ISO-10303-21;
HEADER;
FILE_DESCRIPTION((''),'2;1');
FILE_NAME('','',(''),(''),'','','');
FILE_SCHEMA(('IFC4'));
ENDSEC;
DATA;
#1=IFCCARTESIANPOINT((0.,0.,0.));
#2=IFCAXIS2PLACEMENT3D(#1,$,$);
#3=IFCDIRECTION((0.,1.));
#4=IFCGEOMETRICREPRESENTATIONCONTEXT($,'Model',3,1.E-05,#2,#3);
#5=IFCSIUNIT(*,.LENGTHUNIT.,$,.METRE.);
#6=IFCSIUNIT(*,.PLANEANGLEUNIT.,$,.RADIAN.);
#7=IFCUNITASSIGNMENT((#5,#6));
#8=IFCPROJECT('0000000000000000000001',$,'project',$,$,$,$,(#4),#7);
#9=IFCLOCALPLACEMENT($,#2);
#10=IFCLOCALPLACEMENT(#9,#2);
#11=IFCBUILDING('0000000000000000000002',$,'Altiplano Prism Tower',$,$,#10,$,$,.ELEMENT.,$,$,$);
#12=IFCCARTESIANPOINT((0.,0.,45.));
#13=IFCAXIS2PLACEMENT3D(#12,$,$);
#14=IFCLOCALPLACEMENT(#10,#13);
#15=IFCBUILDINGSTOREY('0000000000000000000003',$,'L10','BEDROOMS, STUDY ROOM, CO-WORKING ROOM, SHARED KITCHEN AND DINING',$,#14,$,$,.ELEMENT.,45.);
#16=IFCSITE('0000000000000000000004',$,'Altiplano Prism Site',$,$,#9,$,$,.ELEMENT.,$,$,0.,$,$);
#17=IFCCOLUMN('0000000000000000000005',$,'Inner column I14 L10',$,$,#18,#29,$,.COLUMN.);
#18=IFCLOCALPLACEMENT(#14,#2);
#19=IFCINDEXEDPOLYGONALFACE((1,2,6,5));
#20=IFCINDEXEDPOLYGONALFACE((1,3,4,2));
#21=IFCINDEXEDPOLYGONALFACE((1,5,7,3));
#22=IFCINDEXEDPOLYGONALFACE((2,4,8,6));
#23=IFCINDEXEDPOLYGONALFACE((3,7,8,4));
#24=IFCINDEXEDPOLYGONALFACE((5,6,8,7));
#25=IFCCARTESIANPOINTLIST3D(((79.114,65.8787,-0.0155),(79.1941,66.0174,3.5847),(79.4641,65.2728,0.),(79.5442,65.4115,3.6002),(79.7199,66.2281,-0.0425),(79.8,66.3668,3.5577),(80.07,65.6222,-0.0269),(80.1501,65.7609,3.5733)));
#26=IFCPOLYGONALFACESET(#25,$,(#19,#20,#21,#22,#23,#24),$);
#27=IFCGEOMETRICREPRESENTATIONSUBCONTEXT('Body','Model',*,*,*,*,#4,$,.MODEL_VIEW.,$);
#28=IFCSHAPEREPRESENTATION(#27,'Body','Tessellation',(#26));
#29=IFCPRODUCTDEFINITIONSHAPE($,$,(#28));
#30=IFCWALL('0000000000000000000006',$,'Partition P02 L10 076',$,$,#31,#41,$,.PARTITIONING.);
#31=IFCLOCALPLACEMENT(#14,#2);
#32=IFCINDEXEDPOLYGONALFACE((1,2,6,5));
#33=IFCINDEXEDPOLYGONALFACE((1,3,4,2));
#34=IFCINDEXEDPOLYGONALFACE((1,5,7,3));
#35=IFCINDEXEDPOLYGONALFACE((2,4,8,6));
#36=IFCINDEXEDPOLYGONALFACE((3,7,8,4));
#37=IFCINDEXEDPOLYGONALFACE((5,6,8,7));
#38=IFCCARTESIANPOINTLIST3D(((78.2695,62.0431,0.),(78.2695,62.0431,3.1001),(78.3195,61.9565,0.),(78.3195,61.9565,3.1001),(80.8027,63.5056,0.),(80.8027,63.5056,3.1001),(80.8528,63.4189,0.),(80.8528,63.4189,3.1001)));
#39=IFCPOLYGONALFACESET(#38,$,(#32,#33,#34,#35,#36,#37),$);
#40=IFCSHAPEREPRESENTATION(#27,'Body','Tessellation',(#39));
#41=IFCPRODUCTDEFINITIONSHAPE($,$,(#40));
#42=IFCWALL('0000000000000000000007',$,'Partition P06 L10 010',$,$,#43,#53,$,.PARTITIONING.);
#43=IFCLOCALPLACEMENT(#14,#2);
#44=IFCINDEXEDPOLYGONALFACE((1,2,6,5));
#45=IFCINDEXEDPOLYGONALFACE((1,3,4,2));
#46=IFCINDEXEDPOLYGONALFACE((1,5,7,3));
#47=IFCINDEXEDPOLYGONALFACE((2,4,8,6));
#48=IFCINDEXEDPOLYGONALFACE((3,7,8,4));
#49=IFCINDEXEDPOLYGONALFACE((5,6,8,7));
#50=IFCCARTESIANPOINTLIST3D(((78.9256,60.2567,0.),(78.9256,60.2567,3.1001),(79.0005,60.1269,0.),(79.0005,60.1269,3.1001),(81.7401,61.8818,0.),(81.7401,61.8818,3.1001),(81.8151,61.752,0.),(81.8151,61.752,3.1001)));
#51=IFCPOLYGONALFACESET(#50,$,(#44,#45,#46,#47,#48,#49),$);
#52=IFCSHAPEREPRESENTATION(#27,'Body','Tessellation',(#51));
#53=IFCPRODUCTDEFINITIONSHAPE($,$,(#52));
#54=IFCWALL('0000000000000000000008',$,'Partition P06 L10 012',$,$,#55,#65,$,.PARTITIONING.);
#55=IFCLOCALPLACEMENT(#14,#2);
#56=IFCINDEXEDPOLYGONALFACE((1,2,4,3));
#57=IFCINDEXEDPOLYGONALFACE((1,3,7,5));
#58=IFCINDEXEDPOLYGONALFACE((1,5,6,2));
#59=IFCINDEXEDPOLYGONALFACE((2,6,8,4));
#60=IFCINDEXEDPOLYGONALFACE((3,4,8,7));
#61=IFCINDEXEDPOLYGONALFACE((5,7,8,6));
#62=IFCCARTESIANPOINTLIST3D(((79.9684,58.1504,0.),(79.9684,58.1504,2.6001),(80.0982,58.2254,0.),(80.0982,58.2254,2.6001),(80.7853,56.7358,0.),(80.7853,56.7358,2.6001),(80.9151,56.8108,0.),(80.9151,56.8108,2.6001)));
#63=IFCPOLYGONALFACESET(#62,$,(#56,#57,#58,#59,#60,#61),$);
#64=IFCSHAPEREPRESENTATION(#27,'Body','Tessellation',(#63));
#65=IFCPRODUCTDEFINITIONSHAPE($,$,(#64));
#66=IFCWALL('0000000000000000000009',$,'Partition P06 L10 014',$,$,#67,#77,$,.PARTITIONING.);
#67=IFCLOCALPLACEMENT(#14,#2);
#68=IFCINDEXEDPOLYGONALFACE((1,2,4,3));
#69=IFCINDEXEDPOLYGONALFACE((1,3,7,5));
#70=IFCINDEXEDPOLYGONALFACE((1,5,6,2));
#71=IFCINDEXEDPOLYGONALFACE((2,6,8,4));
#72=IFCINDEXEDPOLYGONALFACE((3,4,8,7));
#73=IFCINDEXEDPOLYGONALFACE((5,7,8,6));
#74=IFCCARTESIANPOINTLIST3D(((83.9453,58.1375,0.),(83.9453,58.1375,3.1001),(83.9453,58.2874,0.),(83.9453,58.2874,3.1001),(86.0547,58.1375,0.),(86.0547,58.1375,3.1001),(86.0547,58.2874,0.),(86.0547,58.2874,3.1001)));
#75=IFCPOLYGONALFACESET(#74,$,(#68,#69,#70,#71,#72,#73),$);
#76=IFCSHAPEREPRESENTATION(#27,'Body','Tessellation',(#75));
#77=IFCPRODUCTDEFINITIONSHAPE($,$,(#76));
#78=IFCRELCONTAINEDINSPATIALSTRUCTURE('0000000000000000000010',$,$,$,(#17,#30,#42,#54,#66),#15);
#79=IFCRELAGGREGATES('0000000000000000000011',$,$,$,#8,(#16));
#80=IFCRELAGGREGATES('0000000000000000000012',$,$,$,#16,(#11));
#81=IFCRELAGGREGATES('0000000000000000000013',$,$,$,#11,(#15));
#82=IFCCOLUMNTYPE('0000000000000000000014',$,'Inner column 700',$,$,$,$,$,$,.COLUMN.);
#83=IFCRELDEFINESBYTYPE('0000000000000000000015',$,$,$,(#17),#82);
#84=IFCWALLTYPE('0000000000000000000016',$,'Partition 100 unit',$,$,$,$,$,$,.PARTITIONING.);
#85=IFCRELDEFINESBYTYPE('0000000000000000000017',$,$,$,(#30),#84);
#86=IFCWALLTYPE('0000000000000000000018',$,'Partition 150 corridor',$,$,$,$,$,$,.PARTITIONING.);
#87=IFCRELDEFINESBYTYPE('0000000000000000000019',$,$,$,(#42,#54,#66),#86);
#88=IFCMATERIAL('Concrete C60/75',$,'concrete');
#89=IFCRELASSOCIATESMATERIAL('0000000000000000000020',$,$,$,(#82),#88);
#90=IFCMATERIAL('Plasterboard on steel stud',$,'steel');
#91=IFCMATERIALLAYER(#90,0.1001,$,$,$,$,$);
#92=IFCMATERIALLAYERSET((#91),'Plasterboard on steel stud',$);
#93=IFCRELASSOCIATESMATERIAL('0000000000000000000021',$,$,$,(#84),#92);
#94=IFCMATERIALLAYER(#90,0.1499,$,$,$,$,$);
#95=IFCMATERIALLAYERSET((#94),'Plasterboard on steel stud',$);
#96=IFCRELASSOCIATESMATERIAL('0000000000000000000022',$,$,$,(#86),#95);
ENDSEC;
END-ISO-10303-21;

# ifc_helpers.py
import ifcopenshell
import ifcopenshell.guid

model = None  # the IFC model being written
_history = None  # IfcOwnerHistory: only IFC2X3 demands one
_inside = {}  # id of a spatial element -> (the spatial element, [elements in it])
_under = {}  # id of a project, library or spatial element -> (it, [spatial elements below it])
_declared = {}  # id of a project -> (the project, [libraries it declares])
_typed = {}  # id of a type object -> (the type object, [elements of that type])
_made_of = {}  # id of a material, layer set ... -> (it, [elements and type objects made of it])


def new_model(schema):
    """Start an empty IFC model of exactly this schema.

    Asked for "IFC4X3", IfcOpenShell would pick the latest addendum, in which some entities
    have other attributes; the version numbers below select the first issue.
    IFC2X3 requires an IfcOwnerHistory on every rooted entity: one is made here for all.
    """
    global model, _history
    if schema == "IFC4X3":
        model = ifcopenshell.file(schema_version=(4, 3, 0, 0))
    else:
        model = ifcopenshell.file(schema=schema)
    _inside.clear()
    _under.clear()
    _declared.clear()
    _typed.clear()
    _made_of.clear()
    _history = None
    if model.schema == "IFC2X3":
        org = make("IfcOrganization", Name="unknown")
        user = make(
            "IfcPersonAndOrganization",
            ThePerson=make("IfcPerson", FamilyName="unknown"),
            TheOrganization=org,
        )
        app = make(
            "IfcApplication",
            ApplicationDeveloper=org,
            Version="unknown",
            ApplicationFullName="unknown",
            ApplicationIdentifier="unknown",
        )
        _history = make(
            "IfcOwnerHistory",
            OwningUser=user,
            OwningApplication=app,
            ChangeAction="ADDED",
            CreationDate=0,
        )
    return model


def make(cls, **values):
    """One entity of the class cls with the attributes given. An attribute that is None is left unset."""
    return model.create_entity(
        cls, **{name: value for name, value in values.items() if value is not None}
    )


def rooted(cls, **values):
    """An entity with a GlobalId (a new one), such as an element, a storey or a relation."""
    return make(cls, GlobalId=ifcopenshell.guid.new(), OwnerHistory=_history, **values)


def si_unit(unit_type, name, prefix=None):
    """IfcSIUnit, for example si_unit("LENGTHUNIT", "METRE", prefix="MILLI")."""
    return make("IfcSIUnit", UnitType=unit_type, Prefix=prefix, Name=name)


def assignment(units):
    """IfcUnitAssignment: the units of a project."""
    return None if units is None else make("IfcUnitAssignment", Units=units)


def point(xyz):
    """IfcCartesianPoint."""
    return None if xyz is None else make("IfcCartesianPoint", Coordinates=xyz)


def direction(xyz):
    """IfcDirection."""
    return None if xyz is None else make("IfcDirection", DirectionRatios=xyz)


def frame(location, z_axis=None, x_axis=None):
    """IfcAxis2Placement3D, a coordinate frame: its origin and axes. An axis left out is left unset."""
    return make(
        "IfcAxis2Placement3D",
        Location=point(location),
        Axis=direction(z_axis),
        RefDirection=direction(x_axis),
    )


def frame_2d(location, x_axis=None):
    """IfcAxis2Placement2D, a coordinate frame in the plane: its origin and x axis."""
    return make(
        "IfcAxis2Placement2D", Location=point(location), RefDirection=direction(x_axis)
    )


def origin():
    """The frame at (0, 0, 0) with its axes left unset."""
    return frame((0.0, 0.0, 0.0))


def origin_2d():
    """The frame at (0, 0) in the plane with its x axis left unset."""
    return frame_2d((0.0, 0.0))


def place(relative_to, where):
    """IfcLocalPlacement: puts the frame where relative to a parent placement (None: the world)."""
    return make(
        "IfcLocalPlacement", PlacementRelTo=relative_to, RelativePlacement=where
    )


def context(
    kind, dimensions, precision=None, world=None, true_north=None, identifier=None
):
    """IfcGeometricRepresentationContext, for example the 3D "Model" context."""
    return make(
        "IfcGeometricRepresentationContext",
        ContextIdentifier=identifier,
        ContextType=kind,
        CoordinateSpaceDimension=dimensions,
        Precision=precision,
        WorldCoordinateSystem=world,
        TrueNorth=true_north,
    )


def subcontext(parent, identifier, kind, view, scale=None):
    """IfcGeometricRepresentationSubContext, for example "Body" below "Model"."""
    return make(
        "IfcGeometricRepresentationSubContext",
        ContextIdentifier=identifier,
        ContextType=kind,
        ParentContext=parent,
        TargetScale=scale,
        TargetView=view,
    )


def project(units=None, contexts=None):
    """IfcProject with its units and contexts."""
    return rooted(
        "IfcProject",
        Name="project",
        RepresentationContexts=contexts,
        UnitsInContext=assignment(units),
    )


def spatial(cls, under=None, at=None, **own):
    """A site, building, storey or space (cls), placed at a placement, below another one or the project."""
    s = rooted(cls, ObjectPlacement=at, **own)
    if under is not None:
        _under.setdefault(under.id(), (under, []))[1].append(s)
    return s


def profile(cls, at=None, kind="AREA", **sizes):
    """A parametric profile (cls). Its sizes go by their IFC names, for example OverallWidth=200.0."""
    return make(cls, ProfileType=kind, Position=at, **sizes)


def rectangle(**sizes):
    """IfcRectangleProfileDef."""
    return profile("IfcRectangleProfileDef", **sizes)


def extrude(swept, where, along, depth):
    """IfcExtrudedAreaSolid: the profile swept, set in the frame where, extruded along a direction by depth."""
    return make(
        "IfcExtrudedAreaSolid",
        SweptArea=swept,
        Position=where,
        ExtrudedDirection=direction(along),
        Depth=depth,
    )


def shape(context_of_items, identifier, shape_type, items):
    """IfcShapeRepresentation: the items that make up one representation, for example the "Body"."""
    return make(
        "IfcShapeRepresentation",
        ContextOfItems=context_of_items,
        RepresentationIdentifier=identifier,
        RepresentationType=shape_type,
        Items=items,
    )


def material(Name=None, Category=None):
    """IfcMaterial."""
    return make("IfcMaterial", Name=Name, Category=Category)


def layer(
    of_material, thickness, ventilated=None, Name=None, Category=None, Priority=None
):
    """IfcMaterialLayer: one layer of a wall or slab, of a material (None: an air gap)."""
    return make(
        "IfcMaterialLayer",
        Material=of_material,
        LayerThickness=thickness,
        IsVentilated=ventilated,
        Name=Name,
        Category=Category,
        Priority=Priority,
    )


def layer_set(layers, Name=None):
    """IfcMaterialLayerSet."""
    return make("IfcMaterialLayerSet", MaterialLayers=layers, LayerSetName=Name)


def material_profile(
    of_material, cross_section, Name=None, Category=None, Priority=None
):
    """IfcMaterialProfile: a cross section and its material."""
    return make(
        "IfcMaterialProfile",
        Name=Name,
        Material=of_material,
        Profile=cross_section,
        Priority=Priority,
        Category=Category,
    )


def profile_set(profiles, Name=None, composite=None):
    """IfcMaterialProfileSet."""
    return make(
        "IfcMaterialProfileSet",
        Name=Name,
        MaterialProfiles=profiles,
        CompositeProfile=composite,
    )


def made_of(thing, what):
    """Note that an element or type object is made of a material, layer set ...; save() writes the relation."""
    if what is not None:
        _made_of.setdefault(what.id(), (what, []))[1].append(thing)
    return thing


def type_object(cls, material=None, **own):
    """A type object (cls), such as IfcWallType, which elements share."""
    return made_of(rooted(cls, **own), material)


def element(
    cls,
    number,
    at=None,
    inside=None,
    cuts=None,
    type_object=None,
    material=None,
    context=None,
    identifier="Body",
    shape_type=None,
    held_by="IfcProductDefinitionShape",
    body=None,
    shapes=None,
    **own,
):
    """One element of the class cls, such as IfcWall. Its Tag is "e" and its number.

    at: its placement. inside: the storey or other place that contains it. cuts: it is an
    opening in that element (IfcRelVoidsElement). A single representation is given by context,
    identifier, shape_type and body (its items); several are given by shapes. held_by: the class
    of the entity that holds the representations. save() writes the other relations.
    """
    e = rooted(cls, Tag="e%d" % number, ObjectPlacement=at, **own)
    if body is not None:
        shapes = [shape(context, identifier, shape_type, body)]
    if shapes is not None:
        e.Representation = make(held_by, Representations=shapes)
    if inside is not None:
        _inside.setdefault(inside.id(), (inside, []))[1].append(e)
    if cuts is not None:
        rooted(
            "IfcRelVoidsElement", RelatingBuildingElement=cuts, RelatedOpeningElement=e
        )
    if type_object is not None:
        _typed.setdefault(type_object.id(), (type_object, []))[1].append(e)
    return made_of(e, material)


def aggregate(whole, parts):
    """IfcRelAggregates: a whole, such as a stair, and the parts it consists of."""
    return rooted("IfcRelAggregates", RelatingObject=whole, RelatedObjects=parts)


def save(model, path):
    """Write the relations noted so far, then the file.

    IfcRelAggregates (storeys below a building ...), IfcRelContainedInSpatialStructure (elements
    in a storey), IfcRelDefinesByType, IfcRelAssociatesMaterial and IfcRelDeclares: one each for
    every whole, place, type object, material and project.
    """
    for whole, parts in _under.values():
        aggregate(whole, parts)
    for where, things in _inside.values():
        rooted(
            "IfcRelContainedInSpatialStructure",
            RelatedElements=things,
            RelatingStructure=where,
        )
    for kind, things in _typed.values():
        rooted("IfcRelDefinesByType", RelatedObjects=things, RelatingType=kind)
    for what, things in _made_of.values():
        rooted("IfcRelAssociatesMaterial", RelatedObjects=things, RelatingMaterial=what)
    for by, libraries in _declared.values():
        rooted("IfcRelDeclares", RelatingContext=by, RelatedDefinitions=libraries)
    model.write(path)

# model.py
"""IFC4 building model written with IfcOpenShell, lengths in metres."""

from ifc_helpers import new_model, si_unit, direction, frame, frame_2d, origin, origin_2d, place, context, subcontext, project, spatial, rectangle, extrude, material, layer, layer_set, material_profile, profile_set, type_object, element, save


model = new_model("IFC4")

# Units and contexts
model_context = context("Model", 3, precision=1e-05, world=origin(), true_north=direction((0.0, 1.0)))
body_context = subcontext(model_context, "Body", "Model", "MODEL_VIEW")
ifc_project = project(units=[si_unit("LENGTHUNIT", "METRE"), si_unit("PLANEANGLEUNIT", "RADIAN")], contexts=[model_context])

# Site, building, storey
site_placement = place(None, origin())
site = spatial("IfcSite", under=ifc_project, at=site_placement, Name="Altiplano Prism Site", CompositionType="ELEMENT", RefElevation=0.0)
building_placement = place(site_placement, origin())
building = spatial("IfcBuilding", under=site, at=building_placement, Name="Altiplano Prism Tower", CompositionType="ELEMENT")
storey_placement = place(building_placement, frame((0.0, 0.0, 45.0)))
storey = spatial("IfcBuildingStorey", under=building, at=storey_placement, Name="L10", Description="BEDROOMS, STUDY ROOM, CO-WORKING ROOM, SHARED KITCHEN AND DINING", CompositionType="ELEMENT", Elevation=45.0)

# Column
ifc_material_1 = material(Name="Concrete C60/75", Category="concrete")
ifc_material_profile = material_profile(ifc_material_1, rectangle(XDim=0.7, YDim=0.7, at=origin_2d()), Name="Inner column 700")
ifc_profile_set = profile_set([ifc_material_profile], Name="Concrete C60/75")
column_type = type_object("IfcColumnType", Name="Inner column 700", PredefinedType="COLUMN", material=ifc_profile_set)
column_placement = place(storey_placement, frame((79.592, 65.7505, -0.0212), z_axis=(0.022221, 0.038481, 0.999012), x_axis=(-0.865638, -0.499189, 0.038483)))
element("IfcColumn", 1, at=column_placement, inside=storey, type_object=column_type, Name="Inner column I14 L10", PredefinedType="COLUMN", context=body_context, shape_type="SweptSolid", body=[
    extrude(rectangle(XDim=0.7, YDim=0.7, at=origin_2d()), origin(), (0.0, 0.0, 1.0), 3.6038),
])

# Walls
ifc_material_2 = material(Name="Plasterboard on steel stud", Category="steel")
ifc_layer_1 = layer(ifc_material_2, 0.1001)
ifc_layer_set_1 = layer_set([ifc_layer_1], Name="Plasterboard on steel stud")
wall_type_1 = type_object("IfcWallType", Name="Partition 100 unit", PredefinedType="PARTITIONING", material=ifc_layer_set_1)
wall_1_placement = place(storey_placement, frame((80.8276, 63.4622, 0.0), z_axis=(0.0, 0.0, 1.0), x_axis=(-0.866047, -0.499963, 0.0)))
element("IfcWall", 2, at=wall_1_placement, inside=storey, type_object=wall_type_1, Name="Partition P02 L10 076", PredefinedType="PARTITIONING", context=body_context, shape_type="SweptSolid", body=[
    extrude(rectangle(XDim=2.925, YDim=0.1001, at=frame_2d((1.4624, 0.0))), origin(), (0.0, 0.0, 1.0), 3.1001),
])
ifc_layer_2 = layer(ifc_material_2, 0.1499)
ifc_layer_set_2 = layer_set([ifc_layer_2], Name="Plasterboard on steel stud")
wall_type_2 = type_object("IfcWallType", Name="Partition 150 corridor", PredefinedType="PARTITIONING", material=ifc_layer_set_2)
wall_2_placement = place(storey_placement, frame((81.7776, 61.8169, 0.0), z_axis=(0.0, 0.0, 1.0), x_axis=(-0.866015, -0.500017, 0.0)))
element("IfcWall", 3, at=wall_2_placement, inside=storey, type_object=wall_type_2, Name="Partition P06 L10 010", PredefinedType="PARTITIONING", context=body_context, shape_type="SweptSolid", body=[
    extrude(rectangle(XDim=3.25, YDim=0.1499, at=frame_2d((1.625, 0.0))), origin(), (0.0, 0.0, 1.0), 3.1001),
])
wall_3_placement = place(storey_placement, frame((80.0332, 58.188, 0.0), z_axis=(0.0, 0.0, 1.0), x_axis=(0.500093, -0.865972, 0.0)))
element("IfcWall", 4, at=wall_3_placement, inside=storey, type_object=wall_type_2, Name="Partition P06 L10 012", PredefinedType="PARTITIONING", context=body_context, shape_type="SweptSolid", body=[
    extrude(rectangle(XDim=1.6335, YDim=0.1499, at=frame_2d((0.8169, 0.0))), origin(), (0.0, 0.0, 1.0), 2.6001),
])
wall_4_placement = place(storey_placement, frame((83.9453, 58.2124, 0.0), z_axis=(0.0, 0.0, 1.0), x_axis=(1.0, 0.0, 0.0)))
element("IfcWall", 5, at=wall_4_placement, inside=storey, type_object=wall_type_2, Name="Partition P06 L10 014", PredefinedType="PARTITIONING", context=body_context, shape_type="SweptSolid", body=[
    extrude(rectangle(XDim=2.1094, YDim=0.1499, at=frame_2d((1.0547, 0.0))), origin(), (0.0, 0.0, 1.0), 3.1001),
])

save(model, "model.ifc")
